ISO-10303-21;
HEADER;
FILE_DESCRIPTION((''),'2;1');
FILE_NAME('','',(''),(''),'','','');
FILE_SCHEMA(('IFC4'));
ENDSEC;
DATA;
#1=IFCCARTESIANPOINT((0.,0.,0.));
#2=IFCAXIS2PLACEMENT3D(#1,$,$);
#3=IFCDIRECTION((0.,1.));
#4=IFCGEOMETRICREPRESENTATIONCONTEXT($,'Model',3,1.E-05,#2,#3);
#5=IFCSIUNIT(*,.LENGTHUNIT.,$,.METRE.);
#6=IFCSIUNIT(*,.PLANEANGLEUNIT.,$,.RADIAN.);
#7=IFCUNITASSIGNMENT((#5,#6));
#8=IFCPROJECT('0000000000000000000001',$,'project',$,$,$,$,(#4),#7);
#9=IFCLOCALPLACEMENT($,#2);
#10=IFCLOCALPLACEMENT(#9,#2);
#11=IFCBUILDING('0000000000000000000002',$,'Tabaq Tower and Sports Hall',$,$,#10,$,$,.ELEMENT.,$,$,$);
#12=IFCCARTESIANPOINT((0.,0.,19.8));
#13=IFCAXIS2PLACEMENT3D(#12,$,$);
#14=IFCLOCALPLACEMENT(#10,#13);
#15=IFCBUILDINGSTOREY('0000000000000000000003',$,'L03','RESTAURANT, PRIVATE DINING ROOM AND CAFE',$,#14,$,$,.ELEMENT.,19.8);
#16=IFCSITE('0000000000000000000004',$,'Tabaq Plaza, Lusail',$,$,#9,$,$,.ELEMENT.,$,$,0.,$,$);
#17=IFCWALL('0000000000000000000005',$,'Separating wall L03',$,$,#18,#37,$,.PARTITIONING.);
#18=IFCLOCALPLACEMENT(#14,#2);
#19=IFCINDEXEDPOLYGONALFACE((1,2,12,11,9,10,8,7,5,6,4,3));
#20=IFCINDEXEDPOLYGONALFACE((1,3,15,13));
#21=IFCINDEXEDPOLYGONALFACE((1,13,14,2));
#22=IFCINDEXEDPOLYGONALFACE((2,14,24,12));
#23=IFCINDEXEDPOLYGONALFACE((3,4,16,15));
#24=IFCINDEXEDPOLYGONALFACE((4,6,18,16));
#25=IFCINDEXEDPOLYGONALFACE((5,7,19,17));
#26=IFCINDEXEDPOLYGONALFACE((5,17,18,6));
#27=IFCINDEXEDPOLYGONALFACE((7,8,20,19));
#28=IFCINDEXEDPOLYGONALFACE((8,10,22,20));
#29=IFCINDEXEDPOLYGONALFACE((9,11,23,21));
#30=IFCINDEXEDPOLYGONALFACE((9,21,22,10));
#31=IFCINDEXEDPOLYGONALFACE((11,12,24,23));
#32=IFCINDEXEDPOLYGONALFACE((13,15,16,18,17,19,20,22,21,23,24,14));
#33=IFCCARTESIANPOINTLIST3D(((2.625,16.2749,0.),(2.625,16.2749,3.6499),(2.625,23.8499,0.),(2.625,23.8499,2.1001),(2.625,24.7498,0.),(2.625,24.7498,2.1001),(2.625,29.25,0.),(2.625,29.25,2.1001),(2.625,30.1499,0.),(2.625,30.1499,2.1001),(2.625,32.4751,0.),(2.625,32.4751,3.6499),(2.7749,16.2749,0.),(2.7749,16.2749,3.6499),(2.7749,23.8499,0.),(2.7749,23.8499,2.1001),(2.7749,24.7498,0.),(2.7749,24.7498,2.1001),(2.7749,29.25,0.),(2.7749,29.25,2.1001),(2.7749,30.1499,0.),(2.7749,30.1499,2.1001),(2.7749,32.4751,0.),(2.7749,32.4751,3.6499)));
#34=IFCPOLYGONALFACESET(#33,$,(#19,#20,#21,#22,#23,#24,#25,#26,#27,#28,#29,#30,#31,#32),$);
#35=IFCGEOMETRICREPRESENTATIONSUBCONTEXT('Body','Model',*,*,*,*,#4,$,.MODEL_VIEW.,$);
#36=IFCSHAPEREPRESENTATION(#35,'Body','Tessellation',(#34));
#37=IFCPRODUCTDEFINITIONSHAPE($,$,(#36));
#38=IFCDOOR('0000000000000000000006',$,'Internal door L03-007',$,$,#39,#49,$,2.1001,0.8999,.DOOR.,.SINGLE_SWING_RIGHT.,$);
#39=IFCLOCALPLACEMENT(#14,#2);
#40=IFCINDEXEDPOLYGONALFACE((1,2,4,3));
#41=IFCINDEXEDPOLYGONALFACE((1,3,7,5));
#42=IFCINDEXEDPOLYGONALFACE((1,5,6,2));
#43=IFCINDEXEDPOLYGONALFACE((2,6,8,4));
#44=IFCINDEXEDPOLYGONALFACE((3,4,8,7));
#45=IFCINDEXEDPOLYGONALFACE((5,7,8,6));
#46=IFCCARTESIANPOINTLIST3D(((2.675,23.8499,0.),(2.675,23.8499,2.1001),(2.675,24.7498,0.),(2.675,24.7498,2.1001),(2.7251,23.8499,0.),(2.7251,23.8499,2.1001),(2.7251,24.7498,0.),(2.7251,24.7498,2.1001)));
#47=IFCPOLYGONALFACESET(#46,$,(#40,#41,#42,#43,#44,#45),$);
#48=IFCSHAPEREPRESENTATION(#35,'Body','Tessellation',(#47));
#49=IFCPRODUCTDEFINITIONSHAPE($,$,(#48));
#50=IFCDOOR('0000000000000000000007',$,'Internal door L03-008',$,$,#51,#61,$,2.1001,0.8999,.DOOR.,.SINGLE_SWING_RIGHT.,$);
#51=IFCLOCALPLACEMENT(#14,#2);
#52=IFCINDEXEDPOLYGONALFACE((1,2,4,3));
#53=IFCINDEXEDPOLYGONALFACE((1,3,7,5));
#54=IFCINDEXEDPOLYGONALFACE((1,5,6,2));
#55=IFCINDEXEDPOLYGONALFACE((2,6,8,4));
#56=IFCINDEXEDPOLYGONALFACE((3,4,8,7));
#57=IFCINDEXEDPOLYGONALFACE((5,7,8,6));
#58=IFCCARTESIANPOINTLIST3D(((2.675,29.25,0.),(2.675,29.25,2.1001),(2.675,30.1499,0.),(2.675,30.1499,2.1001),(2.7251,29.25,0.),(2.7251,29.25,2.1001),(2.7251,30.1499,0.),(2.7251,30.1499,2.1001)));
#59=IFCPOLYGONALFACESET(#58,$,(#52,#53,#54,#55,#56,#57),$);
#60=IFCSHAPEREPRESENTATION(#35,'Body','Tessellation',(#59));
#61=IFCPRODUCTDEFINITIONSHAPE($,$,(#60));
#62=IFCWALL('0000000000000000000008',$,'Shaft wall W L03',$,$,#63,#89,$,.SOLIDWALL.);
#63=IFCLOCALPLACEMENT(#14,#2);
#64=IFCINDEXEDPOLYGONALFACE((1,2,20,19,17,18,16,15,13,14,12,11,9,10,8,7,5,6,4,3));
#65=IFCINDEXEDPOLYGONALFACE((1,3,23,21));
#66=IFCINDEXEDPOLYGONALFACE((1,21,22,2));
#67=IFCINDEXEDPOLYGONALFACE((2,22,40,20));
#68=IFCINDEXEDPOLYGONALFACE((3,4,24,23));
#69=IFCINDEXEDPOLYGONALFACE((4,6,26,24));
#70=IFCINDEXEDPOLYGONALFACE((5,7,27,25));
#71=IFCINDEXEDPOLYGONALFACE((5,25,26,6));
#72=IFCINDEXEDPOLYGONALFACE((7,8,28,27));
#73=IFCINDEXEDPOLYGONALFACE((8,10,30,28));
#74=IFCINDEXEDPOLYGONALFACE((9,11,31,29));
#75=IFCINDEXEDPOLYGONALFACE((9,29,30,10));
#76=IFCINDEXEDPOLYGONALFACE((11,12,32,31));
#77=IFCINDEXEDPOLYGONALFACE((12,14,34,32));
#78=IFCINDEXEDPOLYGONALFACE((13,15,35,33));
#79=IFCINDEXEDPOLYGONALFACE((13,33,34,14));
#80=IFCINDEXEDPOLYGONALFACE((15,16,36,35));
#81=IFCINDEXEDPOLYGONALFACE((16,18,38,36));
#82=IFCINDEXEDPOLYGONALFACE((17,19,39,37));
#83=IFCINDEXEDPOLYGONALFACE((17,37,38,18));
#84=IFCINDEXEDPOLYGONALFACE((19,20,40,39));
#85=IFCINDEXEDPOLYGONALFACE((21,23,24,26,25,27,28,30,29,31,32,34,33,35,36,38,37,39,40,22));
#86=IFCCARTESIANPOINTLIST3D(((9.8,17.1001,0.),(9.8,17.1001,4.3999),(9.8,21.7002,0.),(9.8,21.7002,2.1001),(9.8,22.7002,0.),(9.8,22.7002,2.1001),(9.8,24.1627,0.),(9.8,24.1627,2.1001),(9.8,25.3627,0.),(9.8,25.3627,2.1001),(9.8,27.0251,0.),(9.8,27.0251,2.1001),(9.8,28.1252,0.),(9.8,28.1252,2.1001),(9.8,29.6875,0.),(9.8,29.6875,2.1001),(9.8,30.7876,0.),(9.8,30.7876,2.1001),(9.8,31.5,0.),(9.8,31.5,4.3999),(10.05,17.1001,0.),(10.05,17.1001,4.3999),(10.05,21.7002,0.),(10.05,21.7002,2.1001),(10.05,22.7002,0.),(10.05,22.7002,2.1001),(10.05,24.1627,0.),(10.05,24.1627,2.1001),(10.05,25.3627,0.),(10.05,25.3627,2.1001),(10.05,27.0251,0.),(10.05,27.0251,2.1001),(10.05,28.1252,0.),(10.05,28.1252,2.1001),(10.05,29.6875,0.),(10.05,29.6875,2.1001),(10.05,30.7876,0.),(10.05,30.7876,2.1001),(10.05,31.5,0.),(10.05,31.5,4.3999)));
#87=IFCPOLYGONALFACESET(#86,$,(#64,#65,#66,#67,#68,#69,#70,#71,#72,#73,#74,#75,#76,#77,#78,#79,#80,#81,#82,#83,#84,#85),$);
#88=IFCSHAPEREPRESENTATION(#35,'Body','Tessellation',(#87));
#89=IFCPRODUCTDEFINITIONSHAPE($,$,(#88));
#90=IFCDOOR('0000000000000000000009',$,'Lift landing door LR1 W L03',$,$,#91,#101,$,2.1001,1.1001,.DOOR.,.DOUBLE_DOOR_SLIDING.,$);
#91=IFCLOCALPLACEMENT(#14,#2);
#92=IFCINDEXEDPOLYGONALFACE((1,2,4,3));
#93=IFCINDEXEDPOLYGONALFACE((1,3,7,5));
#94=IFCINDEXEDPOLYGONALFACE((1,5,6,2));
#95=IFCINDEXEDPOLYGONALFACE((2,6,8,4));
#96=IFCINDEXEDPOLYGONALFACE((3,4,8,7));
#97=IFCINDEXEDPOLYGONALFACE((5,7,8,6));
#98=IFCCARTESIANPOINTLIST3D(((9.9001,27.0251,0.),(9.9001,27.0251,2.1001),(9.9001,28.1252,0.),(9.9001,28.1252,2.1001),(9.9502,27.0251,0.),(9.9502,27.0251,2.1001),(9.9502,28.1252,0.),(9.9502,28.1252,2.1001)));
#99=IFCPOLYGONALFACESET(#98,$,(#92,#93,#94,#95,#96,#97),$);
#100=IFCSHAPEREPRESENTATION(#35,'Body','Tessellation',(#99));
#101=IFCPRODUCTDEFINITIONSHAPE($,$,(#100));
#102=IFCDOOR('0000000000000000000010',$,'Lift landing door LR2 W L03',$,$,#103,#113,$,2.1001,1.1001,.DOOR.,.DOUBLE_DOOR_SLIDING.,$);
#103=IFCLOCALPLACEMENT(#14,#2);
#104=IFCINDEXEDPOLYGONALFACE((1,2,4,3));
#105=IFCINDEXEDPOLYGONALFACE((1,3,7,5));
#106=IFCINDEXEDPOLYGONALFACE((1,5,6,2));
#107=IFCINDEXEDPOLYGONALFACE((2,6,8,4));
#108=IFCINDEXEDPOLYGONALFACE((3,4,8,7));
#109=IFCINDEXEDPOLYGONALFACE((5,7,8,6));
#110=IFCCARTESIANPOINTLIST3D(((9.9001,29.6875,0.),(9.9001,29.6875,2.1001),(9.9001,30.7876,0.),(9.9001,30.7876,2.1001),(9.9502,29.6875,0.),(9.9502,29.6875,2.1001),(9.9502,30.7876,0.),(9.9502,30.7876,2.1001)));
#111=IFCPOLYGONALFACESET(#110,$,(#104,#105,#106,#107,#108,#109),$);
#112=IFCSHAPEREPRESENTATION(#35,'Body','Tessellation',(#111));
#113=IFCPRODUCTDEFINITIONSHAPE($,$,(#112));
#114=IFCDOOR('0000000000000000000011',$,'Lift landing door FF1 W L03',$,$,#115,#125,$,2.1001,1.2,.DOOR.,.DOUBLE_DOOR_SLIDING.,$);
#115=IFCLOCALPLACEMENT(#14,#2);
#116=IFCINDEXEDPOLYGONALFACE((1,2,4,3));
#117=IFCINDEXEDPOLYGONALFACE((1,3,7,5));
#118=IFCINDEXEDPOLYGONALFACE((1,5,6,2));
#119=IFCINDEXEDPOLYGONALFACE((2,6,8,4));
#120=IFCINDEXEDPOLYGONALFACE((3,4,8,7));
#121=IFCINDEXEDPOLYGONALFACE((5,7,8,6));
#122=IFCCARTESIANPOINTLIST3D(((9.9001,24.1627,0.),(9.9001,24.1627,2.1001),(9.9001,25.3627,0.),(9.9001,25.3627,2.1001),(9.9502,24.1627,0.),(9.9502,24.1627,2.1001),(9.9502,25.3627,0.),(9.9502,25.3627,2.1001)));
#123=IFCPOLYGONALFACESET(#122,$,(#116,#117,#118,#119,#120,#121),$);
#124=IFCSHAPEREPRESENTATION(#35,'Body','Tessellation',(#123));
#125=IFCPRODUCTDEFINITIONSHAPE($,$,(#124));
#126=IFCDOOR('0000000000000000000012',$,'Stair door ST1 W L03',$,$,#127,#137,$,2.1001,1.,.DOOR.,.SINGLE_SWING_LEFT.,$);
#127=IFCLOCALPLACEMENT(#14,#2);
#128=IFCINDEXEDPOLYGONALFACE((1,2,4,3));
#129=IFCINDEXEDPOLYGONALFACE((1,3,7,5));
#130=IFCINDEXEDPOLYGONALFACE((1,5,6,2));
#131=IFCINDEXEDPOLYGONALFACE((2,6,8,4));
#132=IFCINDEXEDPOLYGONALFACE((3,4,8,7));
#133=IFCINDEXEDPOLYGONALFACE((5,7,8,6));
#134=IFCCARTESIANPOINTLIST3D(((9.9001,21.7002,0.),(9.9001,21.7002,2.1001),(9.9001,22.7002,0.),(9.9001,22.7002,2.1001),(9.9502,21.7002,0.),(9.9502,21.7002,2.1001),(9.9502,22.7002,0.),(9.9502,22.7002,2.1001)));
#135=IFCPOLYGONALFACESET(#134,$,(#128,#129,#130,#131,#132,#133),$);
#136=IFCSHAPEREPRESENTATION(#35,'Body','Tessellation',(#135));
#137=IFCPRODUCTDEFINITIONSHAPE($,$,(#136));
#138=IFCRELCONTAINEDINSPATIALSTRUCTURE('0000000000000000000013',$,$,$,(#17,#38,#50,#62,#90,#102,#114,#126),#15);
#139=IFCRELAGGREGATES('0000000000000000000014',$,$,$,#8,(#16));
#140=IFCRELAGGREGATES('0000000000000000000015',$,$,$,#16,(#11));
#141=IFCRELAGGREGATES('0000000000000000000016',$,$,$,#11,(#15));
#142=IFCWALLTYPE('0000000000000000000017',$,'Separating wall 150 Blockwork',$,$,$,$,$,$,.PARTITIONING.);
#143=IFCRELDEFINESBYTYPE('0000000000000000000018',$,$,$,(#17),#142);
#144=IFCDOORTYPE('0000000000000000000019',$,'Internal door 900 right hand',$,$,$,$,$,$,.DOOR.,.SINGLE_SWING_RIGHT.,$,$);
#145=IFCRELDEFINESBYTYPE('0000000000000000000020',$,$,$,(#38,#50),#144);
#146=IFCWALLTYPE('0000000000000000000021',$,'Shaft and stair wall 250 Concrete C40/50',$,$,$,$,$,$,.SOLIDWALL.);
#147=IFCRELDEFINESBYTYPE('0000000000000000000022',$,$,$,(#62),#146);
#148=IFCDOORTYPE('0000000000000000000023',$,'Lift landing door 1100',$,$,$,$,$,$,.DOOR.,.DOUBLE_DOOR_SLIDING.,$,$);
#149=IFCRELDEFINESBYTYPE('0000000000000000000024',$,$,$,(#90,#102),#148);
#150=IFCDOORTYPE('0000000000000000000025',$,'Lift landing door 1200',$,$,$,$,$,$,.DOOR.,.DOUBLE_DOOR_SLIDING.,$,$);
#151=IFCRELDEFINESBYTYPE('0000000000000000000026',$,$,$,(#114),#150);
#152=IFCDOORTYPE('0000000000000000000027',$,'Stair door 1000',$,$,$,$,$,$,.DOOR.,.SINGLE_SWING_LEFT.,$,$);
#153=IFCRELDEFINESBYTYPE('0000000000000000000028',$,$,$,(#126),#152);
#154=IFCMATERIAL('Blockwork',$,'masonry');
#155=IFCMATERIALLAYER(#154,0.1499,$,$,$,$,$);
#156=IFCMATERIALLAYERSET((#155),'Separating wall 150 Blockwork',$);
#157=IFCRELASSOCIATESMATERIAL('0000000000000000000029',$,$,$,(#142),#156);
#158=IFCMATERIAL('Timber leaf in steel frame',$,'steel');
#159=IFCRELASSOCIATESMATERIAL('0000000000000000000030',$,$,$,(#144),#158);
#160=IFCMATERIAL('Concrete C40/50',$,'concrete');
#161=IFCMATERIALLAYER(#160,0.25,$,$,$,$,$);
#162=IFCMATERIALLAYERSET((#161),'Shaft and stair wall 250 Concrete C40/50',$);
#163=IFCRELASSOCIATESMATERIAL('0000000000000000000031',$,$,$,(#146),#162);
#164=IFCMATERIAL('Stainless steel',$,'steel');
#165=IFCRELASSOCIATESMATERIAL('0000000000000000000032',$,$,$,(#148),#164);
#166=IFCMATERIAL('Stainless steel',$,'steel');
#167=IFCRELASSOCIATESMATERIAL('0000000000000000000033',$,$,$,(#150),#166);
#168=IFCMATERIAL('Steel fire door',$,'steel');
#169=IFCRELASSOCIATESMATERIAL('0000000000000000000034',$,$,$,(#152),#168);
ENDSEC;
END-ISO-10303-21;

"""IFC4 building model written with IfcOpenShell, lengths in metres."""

from ifc_helpers import new_model, si_unit, direction, frame, frame_2d, origin, place, context, subcontext, project, spatial, rectangle, extrude, material, layer, layer_set, type_object, element, fill, save


model = new_model("IFC4")

# Units and contexts
model_context = context("Model", 3, precision=1e-05, world=origin(), true_north=direction((0.0, 1.0)))
body_context = subcontext(model_context, "Body", "Model", "MODEL_VIEW")
ifc_project = project(units=[si_unit("LENGTHUNIT", "METRE"), si_unit("PLANEANGLEUNIT", "RADIAN")], contexts=[model_context])

# Site, building, storey
site_placement = place(None, origin())
site = spatial("IfcSite", under=ifc_project, at=site_placement, Name="Tabaq Plaza, Lusail", CompositionType="ELEMENT", RefElevation=0.0)
building_placement = place(site_placement, origin())
building = spatial("IfcBuilding", under=site, at=building_placement, Name="Tabaq Tower and Sports Hall", CompositionType="ELEMENT")
storey_placement = place(building_placement, frame((0.0, 0.0, 19.8)))
storey = spatial("IfcBuildingStorey", under=building, at=storey_placement, Name="L03", Description="RESTAURANT, PRIVATE DINING ROOM AND CAFE", CompositionType="ELEMENT", Elevation=19.8)

# Walls, openings, doors
ifc_material_1 = material(Name="Blockwork", Category="masonry")
ifc_layer_1 = layer(ifc_material_1, 0.1499)
ifc_layer_set_1 = layer_set([ifc_layer_1], Name="Separating wall 150 Blockwork")
wall_type_1 = type_object("IfcWallType", Name="Separating wall 150 Blockwork", PredefinedType="PARTITIONING", material=ifc_layer_set_1)
wall_1_placement = place(storey_placement, frame((2.7, 16.2749, 0.0), z_axis=(0.0, 0.0, 1.0), x_axis=(0.0, 1.0, 0.0)))
wall_1 = element("IfcWall", 1, at=wall_1_placement, inside=storey, type_object=wall_type_1, Name="Separating wall L03", PredefinedType="PARTITIONING", context=body_context, shape_type="SweptSolid", body=[
    extrude(rectangle(XDim=16.2002, YDim=0.1499, at=frame_2d((8.1001, 0.0))), origin(), (0.0, 0.0, 1.0), 3.6499),
])
opening_1_placement = place(wall_1_placement, frame((7.575, 0.0, 0.0)))
opening_1 = element("IfcOpeningElement", 2, at=opening_1_placement, cuts=wall_1, PredefinedType="OPENING", context=body_context, shape_type="SweptSolid", body=[
    extrude(rectangle(XDim=0.8999, YDim=2.1001, at=frame_2d((0.45, 1.05))), frame((0.0, 0.075, 0.0), z_axis=(0.0, -1.0, 0.0), x_axis=(1.0, 0.0, 0.0)), (0.0, 0.0, 1.0), 0.1499),
])
opening_2_placement = place(wall_1_placement, frame((12.9751, 0.0, 0.0)))
opening_2 = element("IfcOpeningElement", 3, at=opening_2_placement, cuts=wall_1, PredefinedType="OPENING", context=body_context, shape_type="SweptSolid", body=[
    extrude(rectangle(XDim=0.8999, YDim=2.1001, at=frame_2d((0.45, 1.05))), frame((0.0, 0.075, 0.0), z_axis=(0.0, -1.0, 0.0), x_axis=(1.0, 0.0, 0.0)), (0.0, 0.0, 1.0), 0.1499),
])
ifc_material_2 = material(Name="Timber leaf in steel frame", Category="steel")
door_type_1 = type_object("IfcDoorType", Name="Internal door 900 right hand", OperationType="SINGLE_SWING_RIGHT", PredefinedType="DOOR", material=ifc_material_2)
door_1_placement = place(opening_1_placement, origin())
door_1 = element("IfcDoor", 4, at=door_1_placement, inside=storey, type_object=door_type_1, Name="Internal door L03-007", OperationType="SINGLE_SWING_RIGHT", OverallHeight=2.1001, OverallWidth=0.8999, PredefinedType="DOOR", context=body_context, shape_type="SweptSolid", body=[
    extrude(rectangle(XDim=0.8999, YDim=2.1001, at=frame_2d((0.45, 1.05))), frame((0.0, 0.0249, 0.0), z_axis=(0.0, -1.0, 0.0), x_axis=(1.0, 0.0, 0.0)), (0.0, 0.0, 1.0), 0.05),
])
fill(opening_1, door_1)
door_2_placement = place(opening_2_placement, origin())
door_2 = element("IfcDoor", 5, at=door_2_placement, inside=storey, type_object=door_type_1, Name="Internal door L03-008", OperationType="SINGLE_SWING_RIGHT", OverallHeight=2.1001, OverallWidth=0.8999, PredefinedType="DOOR", context=body_context, shape_type="SweptSolid", body=[
    extrude(rectangle(XDim=0.8999, YDim=2.1001, at=frame_2d((0.45, 1.05))), frame((0.0, 0.0249, 0.0), z_axis=(0.0, -1.0, 0.0), x_axis=(1.0, 0.0, 0.0)), (0.0, 0.0, 1.0), 0.05),
])
fill(opening_2, door_2)
ifc_material_3 = material(Name="Concrete C40/50", Category="concrete")
ifc_layer_2 = layer(ifc_material_3, 0.25)
ifc_layer_set_2 = layer_set([ifc_layer_2], Name="Shaft and stair wall 250 Concrete C40/50")
wall_type_2 = type_object("IfcWallType", Name="Shaft and stair wall 250 Concrete C40/50", PredefinedType="SOLIDWALL", material=ifc_layer_set_2)
wall_2_placement = place(storey_placement, frame((9.925, 17.1001, 0.0), z_axis=(0.0, 0.0, 1.0), x_axis=(0.0, 1.0, 0.0)))
wall_2 = element("IfcWall", 6, at=wall_2_placement, inside=storey, type_object=wall_type_2, Name="Shaft wall W L03", PredefinedType="SOLIDWALL", context=body_context, shape_type="SweptSolid", body=[
    extrude(rectangle(XDim=14.3999, YDim=0.25, at=frame_2d((7.2, 0.0))), origin(), (0.0, 0.0, 1.0), 4.3999),
])
opening_3_placement = place(wall_2_placement, frame((4.6001, 0.0, 0.0)))
opening_3 = element("IfcOpeningElement", 7, at=opening_3_placement, cuts=wall_2, PredefinedType="OPENING", context=body_context, shape_type="SweptSolid", body=[
    extrude(rectangle(XDim=1.0, YDim=2.1001, at=frame_2d((0.5, 1.05))), frame((0.0, 0.125, 0.0), z_axis=(0.0, -1.0, 0.0), x_axis=(1.0, 0.0, 0.0)), (0.0, 0.0, 1.0), 0.25),
])
opening_4_placement = place(wall_2_placement, frame((7.0625, 0.0, 0.0)))
opening_4 = element("IfcOpeningElement", 8, at=opening_4_placement, cuts=wall_2, PredefinedType="OPENING", context=body_context, shape_type="SweptSolid", body=[
    extrude(rectangle(XDim=1.2, YDim=2.1001, at=frame_2d((0.6001, 1.05))), frame((0.0, 0.125, 0.0), z_axis=(0.0, -1.0, 0.0), x_axis=(1.0, 0.0, 0.0)), (0.0, 0.0, 1.0), 0.25),
])
opening_5_placement = place(wall_2_placement, frame((9.925, 0.0, 0.0)))
opening_5 = element("IfcOpeningElement", 9, at=opening_5_placement, cuts=wall_2, PredefinedType="OPENING", context=body_context, shape_type="SweptSolid", body=[
    extrude(rectangle(XDim=1.1001, YDim=2.1001, at=frame_2d((0.55, 1.05))), frame((0.0, 0.125, 0.0), z_axis=(0.0, -1.0, 0.0), x_axis=(1.0, 0.0, 0.0)), (0.0, 0.0, 1.0), 0.25),
])
opening_6_placement = place(wall_2_placement, frame((12.5874, 0.0, 0.0)))
opening_6 = element("IfcOpeningElement", 10, at=opening_6_placement, cuts=wall_2, PredefinedType="OPENING", context=body_context, shape_type="SweptSolid", body=[
    extrude(rectangle(XDim=1.1001, YDim=2.1001, at=frame_2d((0.55, 1.05))), frame((0.0, 0.125, 0.0), z_axis=(0.0, -1.0, 0.0), x_axis=(1.0, 0.0, 0.0)), (0.0, 0.0, 1.0), 0.25),
])
ifc_material_4 = material(Name="Stainless steel", Category="steel")
door_type_2 = type_object("IfcDoorType", Name="Lift landing door 1100", OperationType="DOUBLE_DOOR_SLIDING", PredefinedType="DOOR", material=ifc_material_4)
door_3_placement = place(opening_5_placement, origin())
door_3 = element("IfcDoor", 11, at=door_3_placement, inside=storey, type_object=door_type_2, Name="Lift landing door LR1 W L03", OperationType="DOUBLE_DOOR_SLIDING", OverallHeight=2.1001, OverallWidth=1.1001, PredefinedType="DOOR", context=body_context, shape_type="SweptSolid", body=[
    extrude(rectangle(XDim=1.1001, YDim=2.1001, at=frame_2d((0.55, 1.05))), frame((0.0, 0.0249, 0.0), z_axis=(0.0, -1.0, 0.0), x_axis=(1.0, 0.0, 0.0)), (0.0, 0.0, 1.0), 0.05),
])
fill(opening_5, door_3)
door_4_placement = place(opening_6_placement, origin())
door_4 = element("IfcDoor", 12, at=door_4_placement, inside=storey, type_object=door_type_2, Name="Lift landing door LR2 W L03", OperationType="DOUBLE_DOOR_SLIDING", OverallHeight=2.1001, OverallWidth=1.1001, PredefinedType="DOOR", context=body_context, shape_type="SweptSolid", body=[
    extrude(rectangle(XDim=1.1001, YDim=2.1001, at=frame_2d((0.55, 1.05))), frame((0.0, 0.0249, 0.0), z_axis=(0.0, -1.0, 0.0), x_axis=(1.0, 0.0, 0.0)), (0.0, 0.0, 1.0), 0.05),
])
fill(opening_6, door_4)
ifc_material_5 = material(Name="Stainless steel", Category="steel")
door_type_3 = type_object("IfcDoorType", Name="Lift landing door 1200", OperationType="DOUBLE_DOOR_SLIDING", PredefinedType="DOOR", material=ifc_material_5)
door_5_placement = place(opening_4_placement, origin())
door_5 = element("IfcDoor", 13, at=door_5_placement, inside=storey, type_object=door_type_3, Name="Lift landing door FF1 W L03", OperationType="DOUBLE_DOOR_SLIDING", OverallHeight=2.1001, OverallWidth=1.2, PredefinedType="DOOR", context=body_context, shape_type="SweptSolid", body=[
    extrude(rectangle(XDim=1.2, YDim=2.1001, at=frame_2d((0.6001, 1.05))), frame((0.0, 0.0249, 0.0), z_axis=(0.0, -1.0, 0.0), x_axis=(1.0, 0.0, 0.0)), (0.0, 0.0, 1.0), 0.05),
])
fill(opening_4, door_5)
ifc_material_6 = material(Name="Steel fire door", Category="steel")
door_type_4 = type_object("IfcDoorType", Name="Stair door 1000", OperationType="SINGLE_SWING_LEFT", PredefinedType="DOOR", material=ifc_material_6)
door_6_placement = place(opening_3_placement, origin())
door_6 = element("IfcDoor", 14, at=door_6_placement, inside=storey, type_object=door_type_4, Name="Stair door ST1 W L03", OperationType="SINGLE_SWING_LEFT", OverallHeight=2.1001, OverallWidth=1.0, PredefinedType="DOOR", context=body_context, shape_type="SweptSolid", body=[
    extrude(rectangle(XDim=1.0, YDim=2.1001, at=frame_2d((0.5, 1.05))), frame((0.0, 0.0249, 0.0), z_axis=(0.0, -1.0, 0.0), x_axis=(1.0, 0.0, 0.0)), (0.0, 0.0, 1.0), 0.05),
])
fill(opening_3, door_6)

save(model, "model.ifc")
